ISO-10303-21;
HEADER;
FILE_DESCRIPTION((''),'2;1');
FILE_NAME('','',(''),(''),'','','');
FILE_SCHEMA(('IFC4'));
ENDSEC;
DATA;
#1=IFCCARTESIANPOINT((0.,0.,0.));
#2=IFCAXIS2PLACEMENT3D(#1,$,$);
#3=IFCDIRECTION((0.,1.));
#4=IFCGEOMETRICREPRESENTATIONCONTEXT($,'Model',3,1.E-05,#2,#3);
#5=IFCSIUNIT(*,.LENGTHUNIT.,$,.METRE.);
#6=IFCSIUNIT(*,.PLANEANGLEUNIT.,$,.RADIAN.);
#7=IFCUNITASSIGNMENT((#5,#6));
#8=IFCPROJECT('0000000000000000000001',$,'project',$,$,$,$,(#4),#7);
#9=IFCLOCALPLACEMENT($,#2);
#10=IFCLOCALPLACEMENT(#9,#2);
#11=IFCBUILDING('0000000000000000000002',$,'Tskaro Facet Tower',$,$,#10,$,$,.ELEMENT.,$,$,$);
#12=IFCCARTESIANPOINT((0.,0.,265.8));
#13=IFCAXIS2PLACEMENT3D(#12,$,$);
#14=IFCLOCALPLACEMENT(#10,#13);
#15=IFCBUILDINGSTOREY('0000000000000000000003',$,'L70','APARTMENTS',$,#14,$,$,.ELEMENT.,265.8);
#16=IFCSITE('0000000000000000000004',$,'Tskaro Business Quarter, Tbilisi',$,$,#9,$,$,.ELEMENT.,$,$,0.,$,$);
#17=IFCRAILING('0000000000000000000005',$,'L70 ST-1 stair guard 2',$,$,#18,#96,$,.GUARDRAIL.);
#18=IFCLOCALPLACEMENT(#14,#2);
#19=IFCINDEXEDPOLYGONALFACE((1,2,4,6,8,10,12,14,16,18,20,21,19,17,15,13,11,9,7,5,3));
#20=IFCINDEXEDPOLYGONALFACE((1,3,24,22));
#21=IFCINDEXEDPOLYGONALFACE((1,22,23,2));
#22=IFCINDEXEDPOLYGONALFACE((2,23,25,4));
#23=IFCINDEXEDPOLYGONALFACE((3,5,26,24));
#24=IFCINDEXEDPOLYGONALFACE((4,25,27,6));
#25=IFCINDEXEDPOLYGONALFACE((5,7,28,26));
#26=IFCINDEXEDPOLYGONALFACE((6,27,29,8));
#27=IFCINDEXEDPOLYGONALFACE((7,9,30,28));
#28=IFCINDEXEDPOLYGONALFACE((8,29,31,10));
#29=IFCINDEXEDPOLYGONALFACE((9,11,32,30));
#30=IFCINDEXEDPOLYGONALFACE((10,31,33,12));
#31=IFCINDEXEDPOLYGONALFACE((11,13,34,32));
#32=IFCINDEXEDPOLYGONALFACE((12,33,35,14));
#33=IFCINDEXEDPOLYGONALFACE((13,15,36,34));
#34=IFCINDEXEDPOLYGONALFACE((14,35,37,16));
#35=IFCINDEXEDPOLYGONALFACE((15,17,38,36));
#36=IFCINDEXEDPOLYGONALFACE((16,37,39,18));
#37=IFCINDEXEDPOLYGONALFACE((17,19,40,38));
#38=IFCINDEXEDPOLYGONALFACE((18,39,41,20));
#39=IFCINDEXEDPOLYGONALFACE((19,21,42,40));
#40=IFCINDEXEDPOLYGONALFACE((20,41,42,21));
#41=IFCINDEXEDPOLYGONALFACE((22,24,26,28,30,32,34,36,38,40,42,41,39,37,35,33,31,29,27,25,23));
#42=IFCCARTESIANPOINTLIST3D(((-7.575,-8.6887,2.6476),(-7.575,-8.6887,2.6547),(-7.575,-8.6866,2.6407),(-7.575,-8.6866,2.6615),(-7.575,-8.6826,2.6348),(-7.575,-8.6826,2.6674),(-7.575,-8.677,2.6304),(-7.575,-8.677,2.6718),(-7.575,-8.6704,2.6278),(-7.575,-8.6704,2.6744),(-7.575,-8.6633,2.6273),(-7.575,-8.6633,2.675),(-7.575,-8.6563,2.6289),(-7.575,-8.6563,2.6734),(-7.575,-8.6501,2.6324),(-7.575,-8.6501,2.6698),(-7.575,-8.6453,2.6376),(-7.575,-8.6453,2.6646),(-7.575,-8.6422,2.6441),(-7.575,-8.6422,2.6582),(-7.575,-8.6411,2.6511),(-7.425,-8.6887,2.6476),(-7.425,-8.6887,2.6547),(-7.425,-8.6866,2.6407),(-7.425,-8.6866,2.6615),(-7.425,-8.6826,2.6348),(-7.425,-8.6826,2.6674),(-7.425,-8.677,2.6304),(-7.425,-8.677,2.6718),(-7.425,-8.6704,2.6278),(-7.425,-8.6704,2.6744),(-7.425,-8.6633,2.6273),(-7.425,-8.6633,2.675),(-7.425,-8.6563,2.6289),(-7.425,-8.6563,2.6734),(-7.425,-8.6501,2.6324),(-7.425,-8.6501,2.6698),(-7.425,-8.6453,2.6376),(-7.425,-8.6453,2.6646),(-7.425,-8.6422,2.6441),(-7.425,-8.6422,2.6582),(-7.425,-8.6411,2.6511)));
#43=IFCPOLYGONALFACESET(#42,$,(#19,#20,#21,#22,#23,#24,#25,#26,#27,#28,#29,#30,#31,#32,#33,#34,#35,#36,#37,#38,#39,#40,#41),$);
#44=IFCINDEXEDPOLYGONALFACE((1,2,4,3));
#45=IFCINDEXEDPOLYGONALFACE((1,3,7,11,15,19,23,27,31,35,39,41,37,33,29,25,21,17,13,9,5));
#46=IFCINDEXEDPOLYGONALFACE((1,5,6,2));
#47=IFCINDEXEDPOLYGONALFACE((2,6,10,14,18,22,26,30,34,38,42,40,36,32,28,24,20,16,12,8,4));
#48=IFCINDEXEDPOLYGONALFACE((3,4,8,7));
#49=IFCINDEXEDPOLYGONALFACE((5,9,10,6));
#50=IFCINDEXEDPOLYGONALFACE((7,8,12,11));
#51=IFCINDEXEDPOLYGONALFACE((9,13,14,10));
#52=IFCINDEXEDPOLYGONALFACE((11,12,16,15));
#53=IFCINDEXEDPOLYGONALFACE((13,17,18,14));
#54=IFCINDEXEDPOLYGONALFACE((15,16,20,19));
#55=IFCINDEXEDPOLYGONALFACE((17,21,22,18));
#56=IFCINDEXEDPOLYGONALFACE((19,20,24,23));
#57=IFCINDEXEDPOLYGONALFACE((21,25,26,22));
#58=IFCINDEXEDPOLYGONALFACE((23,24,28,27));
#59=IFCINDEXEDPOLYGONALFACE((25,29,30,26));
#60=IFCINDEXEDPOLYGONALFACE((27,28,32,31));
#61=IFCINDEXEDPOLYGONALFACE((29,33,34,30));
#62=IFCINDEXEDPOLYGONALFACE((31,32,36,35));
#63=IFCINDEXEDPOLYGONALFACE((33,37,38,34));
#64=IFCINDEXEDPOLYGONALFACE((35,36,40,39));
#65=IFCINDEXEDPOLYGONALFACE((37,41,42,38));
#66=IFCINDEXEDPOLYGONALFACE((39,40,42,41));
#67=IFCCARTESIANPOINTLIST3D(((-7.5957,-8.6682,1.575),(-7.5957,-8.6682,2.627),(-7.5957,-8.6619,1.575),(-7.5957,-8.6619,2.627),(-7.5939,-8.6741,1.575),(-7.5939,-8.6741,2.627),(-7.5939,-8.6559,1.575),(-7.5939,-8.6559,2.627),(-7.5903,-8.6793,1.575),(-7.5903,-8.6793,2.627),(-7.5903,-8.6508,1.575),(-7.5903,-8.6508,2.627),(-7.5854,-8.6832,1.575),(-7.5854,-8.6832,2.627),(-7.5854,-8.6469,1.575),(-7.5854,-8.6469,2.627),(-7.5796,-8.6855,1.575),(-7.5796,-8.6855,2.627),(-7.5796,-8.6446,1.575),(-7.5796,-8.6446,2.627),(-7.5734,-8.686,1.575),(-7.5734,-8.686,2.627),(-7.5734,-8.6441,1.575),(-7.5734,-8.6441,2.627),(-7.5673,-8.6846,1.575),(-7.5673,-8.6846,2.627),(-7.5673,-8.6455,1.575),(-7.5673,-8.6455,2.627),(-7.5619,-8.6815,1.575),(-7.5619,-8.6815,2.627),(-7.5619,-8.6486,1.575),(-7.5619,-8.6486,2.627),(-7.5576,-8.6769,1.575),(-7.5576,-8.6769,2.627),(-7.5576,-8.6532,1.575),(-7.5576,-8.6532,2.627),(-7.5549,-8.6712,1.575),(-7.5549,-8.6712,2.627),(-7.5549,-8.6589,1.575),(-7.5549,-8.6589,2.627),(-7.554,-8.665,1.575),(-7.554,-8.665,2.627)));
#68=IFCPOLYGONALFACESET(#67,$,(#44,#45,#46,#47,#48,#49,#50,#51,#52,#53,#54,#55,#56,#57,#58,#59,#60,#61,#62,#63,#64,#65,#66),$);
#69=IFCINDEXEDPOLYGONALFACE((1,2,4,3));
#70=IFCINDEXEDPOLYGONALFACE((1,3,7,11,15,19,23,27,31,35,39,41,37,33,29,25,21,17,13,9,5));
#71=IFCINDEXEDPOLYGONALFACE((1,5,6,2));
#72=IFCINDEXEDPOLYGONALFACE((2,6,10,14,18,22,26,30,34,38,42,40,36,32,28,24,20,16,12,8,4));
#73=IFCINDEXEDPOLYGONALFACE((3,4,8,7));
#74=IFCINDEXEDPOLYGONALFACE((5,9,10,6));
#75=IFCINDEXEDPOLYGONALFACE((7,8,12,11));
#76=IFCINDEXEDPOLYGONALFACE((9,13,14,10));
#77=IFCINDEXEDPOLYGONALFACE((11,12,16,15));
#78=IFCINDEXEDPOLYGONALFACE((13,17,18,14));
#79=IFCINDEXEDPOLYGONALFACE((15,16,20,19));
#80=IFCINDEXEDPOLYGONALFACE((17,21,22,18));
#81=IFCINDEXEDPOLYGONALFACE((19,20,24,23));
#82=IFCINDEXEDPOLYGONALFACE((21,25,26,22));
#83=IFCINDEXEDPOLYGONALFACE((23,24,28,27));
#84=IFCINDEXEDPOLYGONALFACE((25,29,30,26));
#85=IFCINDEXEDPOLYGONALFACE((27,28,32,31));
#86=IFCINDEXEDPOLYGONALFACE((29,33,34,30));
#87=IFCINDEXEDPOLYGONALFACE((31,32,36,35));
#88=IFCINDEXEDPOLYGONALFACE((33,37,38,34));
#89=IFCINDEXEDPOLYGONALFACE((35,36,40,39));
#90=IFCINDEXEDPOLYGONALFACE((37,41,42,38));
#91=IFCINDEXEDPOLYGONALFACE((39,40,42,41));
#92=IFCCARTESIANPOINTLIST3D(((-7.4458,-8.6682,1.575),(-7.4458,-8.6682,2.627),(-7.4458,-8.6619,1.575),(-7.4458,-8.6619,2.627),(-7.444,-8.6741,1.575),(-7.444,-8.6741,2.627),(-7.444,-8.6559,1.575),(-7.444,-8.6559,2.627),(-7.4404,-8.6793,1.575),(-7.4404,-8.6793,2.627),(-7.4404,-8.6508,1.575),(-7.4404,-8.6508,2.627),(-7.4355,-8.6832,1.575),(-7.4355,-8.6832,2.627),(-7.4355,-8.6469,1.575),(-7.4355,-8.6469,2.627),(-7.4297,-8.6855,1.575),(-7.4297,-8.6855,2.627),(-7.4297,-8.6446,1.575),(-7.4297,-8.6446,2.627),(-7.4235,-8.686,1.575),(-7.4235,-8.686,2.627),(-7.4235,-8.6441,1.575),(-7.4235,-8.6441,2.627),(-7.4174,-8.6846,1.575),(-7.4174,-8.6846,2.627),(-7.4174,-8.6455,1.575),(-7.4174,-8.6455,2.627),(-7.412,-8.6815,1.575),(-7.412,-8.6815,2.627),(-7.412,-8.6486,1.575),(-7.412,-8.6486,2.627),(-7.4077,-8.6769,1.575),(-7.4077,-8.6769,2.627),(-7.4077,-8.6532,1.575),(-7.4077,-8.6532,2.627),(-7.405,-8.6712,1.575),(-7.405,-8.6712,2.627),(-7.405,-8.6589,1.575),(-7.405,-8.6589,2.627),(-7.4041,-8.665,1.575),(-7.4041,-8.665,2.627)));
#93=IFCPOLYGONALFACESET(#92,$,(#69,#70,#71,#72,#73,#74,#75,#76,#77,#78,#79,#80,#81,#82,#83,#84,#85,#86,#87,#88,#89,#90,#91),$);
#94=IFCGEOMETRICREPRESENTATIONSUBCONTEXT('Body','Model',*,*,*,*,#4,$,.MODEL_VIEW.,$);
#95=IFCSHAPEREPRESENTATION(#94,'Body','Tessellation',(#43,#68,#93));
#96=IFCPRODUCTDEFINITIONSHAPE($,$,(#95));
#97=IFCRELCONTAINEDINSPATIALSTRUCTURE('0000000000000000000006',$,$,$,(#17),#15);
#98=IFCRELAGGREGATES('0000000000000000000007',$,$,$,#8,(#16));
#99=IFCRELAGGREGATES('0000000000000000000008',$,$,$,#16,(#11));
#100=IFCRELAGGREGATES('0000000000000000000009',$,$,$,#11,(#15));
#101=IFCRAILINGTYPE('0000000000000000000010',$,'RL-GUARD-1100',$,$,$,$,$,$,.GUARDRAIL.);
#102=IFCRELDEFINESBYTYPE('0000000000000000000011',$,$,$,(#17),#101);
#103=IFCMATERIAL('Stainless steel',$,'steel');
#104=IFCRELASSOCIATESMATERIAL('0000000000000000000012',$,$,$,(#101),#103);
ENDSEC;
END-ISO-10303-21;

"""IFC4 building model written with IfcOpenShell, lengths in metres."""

from ifc_helpers import new_model, si_unit, direction, frame, origin, origin_2d, place, context, subcontext, project, spatial, circle, extrude, material, type_object, element, save


model = new_model("IFC4")

# Units and contexts
model_context = context("Model", 3, precision=1e-05, world=origin(), true_north=direction((0.0, 1.0)))
body_context = subcontext(model_context, "Body", "Model", "MODEL_VIEW")
ifc_project = project(units=[si_unit("LENGTHUNIT", "METRE"), si_unit("PLANEANGLEUNIT", "RADIAN")], contexts=[model_context])

# Site, building, storey
site_placement = place(None, origin())
site = spatial("IfcSite", under=ifc_project, at=site_placement, Name="Tskaro Business Quarter, Tbilisi", CompositionType="ELEMENT", RefElevation=0.0)
building_placement = place(site_placement, origin())
building = spatial("IfcBuilding", under=site, at=building_placement, Name="Tskaro Facet Tower", CompositionType="ELEMENT")
storey_placement = place(building_placement, frame((0.0, 0.0, 265.8)))
storey = spatial("IfcBuildingStorey", under=building, at=storey_placement, Name="L70", Description="APARTMENTS", CompositionType="ELEMENT", Elevation=265.8)

# Shared definitions
ifc_material_1 = material(Name="Stainless steel", Category="steel")

# Railing
railing_type_1 = type_object("IfcRailingType", Name="RL-GUARD-1100", PredefinedType="GUARDRAIL", material=ifc_material_1)
railing_1_placement = place(storey_placement, frame((-7.575, -8.665, 1.575)))
element("IfcRailing", 1, at=railing_1_placement, inside=storey, type_object=railing_type_1, Name="L70 ST-1 stair guard 2", PredefinedType="GUARDRAIL", context=body_context, shape_type="SweptSolid", body=[
    extrude(circle(Radius=0.0239, at=origin_2d()), frame((0.0, 0.0, 1.0762), z_axis=(1.0, 0.0, 0.0), x_axis=(0.0, 1.0, 0.0)), (0.0, 0.0, 1.0), 0.1499),
    extrude(circle(Radius=0.021, at=origin_2d()), origin(), (0.0, 0.0, 1.0), 1.052),
    extrude(circle(Radius=0.021, at=origin_2d()), frame((0.1499, 0.0, 0.0)), (0.0, 0.0, 1.0), 1.052),
])

save(model, "model.ifc")
